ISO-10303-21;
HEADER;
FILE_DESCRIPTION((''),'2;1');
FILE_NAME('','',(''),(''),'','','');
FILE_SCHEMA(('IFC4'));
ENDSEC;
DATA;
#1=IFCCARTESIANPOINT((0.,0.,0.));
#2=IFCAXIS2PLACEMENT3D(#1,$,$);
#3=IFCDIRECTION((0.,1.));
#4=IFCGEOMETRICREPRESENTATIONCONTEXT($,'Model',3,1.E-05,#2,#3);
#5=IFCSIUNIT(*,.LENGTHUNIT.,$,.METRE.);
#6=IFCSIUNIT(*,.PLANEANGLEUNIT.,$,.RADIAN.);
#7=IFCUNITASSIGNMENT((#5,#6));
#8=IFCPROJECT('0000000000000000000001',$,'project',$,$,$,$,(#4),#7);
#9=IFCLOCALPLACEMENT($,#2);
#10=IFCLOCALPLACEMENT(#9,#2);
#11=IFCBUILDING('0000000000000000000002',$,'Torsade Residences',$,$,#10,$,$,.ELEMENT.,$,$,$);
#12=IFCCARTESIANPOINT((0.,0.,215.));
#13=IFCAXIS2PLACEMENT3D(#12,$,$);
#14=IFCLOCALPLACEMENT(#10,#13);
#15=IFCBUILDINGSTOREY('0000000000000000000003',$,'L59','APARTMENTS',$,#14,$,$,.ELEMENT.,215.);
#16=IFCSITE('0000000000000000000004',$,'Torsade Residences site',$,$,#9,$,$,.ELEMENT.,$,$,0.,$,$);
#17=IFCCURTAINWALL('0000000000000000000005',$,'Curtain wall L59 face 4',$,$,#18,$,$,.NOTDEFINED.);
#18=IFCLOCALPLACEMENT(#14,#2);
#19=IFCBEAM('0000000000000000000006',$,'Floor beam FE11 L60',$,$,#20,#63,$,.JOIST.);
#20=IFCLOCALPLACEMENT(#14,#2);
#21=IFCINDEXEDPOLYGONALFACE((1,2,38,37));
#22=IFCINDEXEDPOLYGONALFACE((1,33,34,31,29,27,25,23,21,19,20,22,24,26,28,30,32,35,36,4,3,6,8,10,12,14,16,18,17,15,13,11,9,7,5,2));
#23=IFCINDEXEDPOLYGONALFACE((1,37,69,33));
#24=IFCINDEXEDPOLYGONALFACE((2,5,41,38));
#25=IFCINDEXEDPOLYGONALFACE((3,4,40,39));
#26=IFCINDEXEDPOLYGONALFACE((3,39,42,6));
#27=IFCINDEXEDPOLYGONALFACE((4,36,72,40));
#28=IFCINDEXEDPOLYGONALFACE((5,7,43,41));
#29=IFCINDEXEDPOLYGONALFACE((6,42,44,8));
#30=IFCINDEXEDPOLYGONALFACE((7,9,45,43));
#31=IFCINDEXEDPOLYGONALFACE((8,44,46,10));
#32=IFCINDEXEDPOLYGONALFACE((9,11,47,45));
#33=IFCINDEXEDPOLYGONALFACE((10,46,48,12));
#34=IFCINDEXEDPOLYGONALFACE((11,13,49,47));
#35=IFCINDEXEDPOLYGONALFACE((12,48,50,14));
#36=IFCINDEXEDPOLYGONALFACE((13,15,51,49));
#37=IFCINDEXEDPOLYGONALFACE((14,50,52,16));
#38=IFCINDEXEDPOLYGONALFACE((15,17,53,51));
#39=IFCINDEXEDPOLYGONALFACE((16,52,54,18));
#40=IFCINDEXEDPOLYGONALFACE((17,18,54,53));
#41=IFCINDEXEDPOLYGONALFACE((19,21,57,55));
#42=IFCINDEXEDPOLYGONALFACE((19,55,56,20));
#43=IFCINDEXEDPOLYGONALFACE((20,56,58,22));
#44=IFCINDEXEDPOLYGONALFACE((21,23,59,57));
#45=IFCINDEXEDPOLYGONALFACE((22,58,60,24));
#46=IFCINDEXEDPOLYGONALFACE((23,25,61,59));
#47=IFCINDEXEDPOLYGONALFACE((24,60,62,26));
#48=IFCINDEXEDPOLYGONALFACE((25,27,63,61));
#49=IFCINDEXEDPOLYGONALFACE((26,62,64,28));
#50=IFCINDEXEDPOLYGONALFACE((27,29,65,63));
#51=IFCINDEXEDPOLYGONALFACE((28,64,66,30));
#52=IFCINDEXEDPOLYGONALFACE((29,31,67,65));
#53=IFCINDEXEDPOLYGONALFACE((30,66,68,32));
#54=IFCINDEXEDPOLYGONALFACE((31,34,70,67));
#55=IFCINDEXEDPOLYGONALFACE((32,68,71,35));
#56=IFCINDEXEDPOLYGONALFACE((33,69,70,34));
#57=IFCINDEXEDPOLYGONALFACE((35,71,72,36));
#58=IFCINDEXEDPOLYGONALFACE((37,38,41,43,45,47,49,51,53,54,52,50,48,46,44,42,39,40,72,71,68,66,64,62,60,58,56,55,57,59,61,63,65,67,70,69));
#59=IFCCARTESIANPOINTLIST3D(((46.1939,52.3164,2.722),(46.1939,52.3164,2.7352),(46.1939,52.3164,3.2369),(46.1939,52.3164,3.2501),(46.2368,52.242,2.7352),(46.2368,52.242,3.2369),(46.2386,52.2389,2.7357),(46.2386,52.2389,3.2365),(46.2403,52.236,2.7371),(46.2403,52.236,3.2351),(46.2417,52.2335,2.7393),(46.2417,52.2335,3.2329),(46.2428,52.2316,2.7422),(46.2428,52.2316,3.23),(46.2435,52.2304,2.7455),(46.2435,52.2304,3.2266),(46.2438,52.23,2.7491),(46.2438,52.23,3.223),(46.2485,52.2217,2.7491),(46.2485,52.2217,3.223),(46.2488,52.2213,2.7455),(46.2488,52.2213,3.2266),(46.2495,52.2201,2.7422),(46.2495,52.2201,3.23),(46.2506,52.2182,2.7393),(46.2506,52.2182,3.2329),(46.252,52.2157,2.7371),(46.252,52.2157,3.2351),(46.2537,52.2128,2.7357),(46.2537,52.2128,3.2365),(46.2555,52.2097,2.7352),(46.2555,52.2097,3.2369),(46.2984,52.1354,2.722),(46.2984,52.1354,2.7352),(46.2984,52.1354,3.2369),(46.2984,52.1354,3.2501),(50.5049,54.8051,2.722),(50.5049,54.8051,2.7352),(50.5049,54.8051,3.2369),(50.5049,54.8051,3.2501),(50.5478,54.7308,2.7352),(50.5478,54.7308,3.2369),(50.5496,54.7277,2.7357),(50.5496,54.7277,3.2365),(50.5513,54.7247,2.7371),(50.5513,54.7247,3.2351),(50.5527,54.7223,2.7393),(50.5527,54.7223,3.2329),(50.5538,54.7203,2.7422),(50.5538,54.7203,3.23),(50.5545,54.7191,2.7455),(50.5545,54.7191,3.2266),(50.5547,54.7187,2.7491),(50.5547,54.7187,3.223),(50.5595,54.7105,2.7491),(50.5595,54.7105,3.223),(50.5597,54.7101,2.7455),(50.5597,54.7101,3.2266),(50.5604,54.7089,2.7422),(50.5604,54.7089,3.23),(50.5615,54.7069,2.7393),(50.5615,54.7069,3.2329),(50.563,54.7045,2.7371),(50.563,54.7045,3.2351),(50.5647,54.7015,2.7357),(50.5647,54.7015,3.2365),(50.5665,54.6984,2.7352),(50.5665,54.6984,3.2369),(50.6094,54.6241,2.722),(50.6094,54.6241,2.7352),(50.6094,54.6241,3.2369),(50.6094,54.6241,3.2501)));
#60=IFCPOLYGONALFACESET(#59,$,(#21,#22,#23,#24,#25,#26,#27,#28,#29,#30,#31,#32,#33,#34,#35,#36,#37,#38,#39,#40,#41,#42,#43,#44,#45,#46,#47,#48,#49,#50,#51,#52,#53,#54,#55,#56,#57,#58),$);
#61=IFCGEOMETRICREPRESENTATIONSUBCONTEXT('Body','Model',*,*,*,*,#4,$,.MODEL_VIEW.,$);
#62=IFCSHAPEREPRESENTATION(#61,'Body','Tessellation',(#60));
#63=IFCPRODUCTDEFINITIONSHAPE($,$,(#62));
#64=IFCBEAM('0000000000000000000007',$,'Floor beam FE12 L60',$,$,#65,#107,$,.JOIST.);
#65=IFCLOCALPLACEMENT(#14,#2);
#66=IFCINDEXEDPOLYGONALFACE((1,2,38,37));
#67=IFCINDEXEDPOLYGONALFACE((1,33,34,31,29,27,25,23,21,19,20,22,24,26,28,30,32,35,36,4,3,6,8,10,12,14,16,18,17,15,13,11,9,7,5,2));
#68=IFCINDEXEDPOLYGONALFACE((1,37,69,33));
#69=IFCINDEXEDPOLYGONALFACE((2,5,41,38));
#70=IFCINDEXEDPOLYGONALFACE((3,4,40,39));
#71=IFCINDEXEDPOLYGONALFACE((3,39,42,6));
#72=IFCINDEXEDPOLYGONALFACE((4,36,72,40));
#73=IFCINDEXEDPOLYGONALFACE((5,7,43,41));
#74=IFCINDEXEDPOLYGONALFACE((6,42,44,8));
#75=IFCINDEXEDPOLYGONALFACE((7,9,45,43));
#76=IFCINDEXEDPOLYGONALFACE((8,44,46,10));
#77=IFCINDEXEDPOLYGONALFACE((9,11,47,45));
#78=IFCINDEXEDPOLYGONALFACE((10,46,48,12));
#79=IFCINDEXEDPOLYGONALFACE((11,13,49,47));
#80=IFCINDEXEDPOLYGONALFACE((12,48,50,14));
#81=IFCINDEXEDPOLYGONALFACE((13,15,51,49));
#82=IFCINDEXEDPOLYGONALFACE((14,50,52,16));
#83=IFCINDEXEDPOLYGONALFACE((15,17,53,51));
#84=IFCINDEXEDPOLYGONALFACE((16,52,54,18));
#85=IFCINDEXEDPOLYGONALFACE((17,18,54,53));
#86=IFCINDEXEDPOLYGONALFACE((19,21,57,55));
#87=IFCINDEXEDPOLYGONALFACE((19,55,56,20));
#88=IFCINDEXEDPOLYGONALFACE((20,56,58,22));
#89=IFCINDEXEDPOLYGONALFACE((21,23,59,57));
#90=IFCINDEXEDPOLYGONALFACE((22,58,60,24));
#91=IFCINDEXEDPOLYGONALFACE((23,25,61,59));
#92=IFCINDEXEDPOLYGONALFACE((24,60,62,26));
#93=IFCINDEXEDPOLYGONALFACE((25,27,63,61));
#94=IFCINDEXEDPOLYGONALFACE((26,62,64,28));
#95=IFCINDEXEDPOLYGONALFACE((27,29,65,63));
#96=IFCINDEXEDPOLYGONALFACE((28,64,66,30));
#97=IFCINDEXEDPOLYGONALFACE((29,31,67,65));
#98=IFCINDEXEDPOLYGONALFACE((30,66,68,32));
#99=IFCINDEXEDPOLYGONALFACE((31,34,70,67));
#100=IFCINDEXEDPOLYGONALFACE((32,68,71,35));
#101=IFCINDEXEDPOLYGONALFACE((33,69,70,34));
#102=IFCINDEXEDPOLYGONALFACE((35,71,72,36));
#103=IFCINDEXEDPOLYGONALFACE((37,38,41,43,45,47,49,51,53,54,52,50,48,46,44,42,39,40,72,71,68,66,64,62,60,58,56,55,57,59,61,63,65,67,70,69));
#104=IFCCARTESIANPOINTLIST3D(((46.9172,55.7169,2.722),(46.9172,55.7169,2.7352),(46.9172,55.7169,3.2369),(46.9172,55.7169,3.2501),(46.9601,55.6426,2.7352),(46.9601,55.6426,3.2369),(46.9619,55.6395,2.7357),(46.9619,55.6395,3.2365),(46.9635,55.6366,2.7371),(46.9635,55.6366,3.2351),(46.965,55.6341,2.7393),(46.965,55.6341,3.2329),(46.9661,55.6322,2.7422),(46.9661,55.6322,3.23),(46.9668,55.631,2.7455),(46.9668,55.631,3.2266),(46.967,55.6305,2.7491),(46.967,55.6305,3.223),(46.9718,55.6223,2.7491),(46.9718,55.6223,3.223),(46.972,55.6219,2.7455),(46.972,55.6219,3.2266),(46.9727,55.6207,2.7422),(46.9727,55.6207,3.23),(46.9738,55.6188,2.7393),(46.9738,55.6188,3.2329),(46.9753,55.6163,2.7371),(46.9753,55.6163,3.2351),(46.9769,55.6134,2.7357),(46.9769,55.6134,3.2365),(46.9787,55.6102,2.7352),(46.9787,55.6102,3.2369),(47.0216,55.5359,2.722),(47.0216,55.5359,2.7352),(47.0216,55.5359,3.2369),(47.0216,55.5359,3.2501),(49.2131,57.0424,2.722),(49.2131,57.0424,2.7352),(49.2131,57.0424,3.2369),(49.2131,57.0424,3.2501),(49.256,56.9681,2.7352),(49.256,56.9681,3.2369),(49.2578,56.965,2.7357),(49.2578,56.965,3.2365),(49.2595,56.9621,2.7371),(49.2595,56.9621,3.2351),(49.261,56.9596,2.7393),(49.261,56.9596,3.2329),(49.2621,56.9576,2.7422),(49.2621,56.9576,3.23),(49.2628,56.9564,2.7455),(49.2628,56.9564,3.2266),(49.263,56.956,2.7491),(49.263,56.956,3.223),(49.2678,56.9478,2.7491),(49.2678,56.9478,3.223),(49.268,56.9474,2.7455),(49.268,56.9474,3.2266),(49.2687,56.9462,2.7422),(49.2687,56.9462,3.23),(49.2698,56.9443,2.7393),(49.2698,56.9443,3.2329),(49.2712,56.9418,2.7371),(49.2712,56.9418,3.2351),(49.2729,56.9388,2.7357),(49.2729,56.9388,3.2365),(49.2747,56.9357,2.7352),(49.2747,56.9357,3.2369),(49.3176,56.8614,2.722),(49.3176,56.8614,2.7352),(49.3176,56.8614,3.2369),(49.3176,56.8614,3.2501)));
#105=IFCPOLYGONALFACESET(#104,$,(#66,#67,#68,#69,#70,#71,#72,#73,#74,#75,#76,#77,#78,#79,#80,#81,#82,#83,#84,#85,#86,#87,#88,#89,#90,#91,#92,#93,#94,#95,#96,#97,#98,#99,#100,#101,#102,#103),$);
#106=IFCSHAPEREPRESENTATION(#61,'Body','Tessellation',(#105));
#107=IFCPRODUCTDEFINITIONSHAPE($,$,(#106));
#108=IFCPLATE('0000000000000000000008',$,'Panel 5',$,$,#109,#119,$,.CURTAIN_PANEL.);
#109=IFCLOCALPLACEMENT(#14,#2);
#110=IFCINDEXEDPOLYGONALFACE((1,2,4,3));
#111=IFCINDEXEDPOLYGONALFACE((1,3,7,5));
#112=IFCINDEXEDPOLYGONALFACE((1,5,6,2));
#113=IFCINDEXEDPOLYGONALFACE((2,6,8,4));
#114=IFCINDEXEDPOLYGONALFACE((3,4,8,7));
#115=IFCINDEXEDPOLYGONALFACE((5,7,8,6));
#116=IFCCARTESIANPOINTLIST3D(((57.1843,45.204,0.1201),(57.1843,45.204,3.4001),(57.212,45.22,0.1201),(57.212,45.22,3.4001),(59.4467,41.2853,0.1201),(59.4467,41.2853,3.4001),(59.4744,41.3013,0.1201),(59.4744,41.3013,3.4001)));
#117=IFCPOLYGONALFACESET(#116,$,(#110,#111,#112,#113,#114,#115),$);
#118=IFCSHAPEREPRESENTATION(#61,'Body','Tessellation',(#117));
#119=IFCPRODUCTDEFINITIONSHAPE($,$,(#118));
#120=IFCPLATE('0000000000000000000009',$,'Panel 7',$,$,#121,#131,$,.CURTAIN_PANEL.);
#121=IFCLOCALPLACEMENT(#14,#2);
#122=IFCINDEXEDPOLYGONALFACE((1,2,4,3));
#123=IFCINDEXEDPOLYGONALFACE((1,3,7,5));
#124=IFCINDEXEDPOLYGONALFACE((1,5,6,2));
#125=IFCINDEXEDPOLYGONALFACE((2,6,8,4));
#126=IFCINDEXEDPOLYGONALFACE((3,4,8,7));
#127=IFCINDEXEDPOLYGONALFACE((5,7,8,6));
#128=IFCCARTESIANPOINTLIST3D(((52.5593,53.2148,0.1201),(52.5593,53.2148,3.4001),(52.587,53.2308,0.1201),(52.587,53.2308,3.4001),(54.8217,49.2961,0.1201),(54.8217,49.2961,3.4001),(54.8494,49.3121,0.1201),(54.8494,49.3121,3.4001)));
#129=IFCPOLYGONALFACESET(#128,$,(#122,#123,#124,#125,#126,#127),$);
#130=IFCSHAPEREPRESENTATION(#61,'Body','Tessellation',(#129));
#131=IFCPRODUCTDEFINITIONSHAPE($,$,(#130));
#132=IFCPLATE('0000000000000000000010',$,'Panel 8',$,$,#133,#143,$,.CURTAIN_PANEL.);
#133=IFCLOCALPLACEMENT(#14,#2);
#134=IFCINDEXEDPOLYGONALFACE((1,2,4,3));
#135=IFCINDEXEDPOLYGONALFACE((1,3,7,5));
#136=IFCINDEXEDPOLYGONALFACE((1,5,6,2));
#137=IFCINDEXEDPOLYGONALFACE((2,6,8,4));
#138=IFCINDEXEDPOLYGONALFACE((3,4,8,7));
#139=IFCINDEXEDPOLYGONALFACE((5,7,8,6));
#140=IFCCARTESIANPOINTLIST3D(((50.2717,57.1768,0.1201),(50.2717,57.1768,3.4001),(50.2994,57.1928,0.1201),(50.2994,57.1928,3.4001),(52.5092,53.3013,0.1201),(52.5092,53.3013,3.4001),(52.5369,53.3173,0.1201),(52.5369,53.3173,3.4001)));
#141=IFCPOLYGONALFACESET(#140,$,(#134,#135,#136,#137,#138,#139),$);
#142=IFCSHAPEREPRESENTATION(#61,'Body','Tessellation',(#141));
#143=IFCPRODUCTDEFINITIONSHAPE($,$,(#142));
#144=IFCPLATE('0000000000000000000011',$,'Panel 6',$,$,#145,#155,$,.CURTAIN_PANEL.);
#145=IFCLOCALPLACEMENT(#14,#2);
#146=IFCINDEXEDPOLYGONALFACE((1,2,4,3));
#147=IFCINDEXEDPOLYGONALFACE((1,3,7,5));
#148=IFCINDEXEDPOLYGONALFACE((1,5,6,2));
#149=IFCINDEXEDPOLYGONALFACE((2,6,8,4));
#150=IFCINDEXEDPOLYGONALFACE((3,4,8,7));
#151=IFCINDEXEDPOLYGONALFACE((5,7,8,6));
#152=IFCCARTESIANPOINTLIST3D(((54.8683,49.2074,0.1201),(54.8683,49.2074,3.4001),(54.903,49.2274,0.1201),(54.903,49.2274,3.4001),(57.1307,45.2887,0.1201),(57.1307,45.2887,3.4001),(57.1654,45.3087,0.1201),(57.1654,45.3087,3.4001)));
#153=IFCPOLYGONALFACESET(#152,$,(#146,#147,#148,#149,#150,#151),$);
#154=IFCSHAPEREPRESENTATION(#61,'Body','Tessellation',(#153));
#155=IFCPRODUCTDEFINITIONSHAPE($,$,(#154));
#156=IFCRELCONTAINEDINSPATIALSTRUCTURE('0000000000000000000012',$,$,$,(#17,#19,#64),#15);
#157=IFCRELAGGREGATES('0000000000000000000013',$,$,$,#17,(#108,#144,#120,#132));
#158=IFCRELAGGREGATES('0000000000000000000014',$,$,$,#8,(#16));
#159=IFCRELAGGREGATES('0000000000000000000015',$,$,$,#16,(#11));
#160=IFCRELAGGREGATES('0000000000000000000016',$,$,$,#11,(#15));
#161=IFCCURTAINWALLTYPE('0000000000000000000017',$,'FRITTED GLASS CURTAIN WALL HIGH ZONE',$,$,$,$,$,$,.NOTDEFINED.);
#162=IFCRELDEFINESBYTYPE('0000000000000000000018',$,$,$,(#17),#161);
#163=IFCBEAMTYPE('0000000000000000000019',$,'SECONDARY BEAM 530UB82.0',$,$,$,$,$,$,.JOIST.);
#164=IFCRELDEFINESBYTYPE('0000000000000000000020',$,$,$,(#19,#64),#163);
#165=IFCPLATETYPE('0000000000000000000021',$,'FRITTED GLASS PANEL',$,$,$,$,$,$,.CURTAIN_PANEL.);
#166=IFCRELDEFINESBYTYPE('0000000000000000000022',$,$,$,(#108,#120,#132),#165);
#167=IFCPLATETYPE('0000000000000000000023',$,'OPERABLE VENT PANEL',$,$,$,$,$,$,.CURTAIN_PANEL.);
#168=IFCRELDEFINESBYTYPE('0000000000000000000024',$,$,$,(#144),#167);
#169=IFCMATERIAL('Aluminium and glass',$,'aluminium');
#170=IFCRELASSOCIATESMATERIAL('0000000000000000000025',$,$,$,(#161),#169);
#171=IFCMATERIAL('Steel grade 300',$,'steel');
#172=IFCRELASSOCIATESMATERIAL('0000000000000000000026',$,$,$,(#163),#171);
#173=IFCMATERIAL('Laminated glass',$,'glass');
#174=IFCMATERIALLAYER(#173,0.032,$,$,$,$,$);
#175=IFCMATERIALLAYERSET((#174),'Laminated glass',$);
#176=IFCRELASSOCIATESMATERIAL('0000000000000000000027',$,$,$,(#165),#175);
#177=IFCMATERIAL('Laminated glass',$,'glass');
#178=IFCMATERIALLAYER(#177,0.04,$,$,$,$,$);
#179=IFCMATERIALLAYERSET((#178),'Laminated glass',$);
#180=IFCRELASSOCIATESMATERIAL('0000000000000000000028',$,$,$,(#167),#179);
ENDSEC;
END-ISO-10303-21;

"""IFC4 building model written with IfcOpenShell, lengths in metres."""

from ifc_helpers import new_model, si_unit, direction, frame, origin, origin_2d, place, context, subcontext, project, spatial, rectangle, i_section, extrude, material, layer, layer_set, material_profile, profile_set, type_object, element, aggregate, save


model = new_model("IFC4")

# Units and contexts
model_context = context("Model", 3, precision=1e-05, world=origin(), true_north=direction((0.0, 1.0)))
body_context = subcontext(model_context, "Body", "Model", "MODEL_VIEW")
ifc_project = project(units=[si_unit("LENGTHUNIT", "METRE"), si_unit("PLANEANGLEUNIT", "RADIAN")], contexts=[model_context])

# Site, building, storey
site_placement = place(None, origin())
site = spatial("IfcSite", under=ifc_project, at=site_placement, Name="Torsade Residences site", CompositionType="ELEMENT", RefElevation=0.0)
building_placement = place(site_placement, origin())
building = spatial("IfcBuilding", under=site, at=building_placement, Name="Torsade Residences", CompositionType="ELEMENT")
storey_placement = place(building_placement, frame((0.0, 0.0, 215.0)))
storey = spatial("IfcBuildingStorey", under=building, at=storey_placement, Name="L59", Description="APARTMENTS", CompositionType="ELEMENT", Elevation=215.0)

# Curtain wall
ifc_material_1 = material(Name="Aluminium and glass", Category="aluminium")
curtain_wall_type = type_object("IfcCurtainWallType", Name="FRITTED GLASS CURTAIN WALL HIGH ZONE", PredefinedType="NOTDEFINED", material=ifc_material_1)
curtain_wall_placement = place(storey_placement, origin())
curtain_wall = element("IfcCurtainWall", 1, at=curtain_wall_placement, inside=storey, type_object=curtain_wall_type, Name="Curtain wall L59 face 4", PredefinedType="NOTDEFINED")

# Beams
ifc_material_2 = material(Name="Steel grade 300", Category="steel")
ifc_material_profile_1 = material_profile(ifc_material_2, i_section(OverallWidth=0.209, OverallDepth=0.5281, WebThickness=0.0095, FlangeThickness=0.0132, FilletRadius=0.0139, at=origin_2d()), Name="530UB82.0")
ifc_profile_set_1 = profile_set([ifc_material_profile_1], Name="Steel grade 300")
beam_type_1 = type_object("IfcBeamType", Name="SECONDARY BEAM 530UB82.0", PredefinedType="JOIST", material=ifc_profile_set_1)
beam_1_placement = place(storey_placement, frame((50.5571, 54.7146, 2.9861), z_axis=(-0.866043, -0.499969, 0.0), x_axis=(0.499969, -0.866043, 0.0)))
element("IfcBeam", 2, at=beam_1_placement, inside=storey, type_object=beam_type_1, Name="Floor beam FE11 L60", PredefinedType="JOIST", context=body_context, shape_type="SweptSolid", body=[
    extrude(i_section(OverallWidth=0.209, OverallDepth=0.5281, WebThickness=0.0095, FlangeThickness=0.0132, FilletRadius=0.0139, at=origin_2d()), origin(), (0.0, 0.0, 1.0), 4.9778),
])
beam_2_placement = place(storey_placement, frame((49.2654, 56.9519, 2.9861), z_axis=(-0.866041, -0.499972, 0.0), x_axis=(0.499972, -0.866041, 0.0)))
element("IfcBeam", 3, at=beam_2_placement, inside=storey, type_object=beam_type_1, Name="Floor beam FE12 L60", PredefinedType="JOIST", context=body_context, shape_type="SweptSolid", body=[
    extrude(i_section(OverallWidth=0.209, OverallDepth=0.5281, WebThickness=0.0095, FlangeThickness=0.0132, FilletRadius=0.0139, at=origin_2d()), origin(), (0.0, 0.0, 1.0), 2.6511),
])

# Plates
ifc_material_3 = material(Name="Laminated glass", Category="glass")
ifc_layer_1 = layer(ifc_material_3, 0.032)
ifc_layer_set_1 = layer_set([ifc_layer_1], Name="Laminated glass")
plate_type_1 = type_object("IfcPlateType", Name="FRITTED GLASS PANEL", PredefinedType="CURTAIN_PANEL", material=ifc_layer_set_1)
plate_1_placement = place(storey_placement, frame((58.3293, 43.2527, 0.1201), z_axis=(0.0, 0.0, 1.0), x_axis=(-0.5, 0.866025, 0.0)))
plate_1 = element("IfcPlate", 4, at=plate_1_placement, type_object=plate_type_1, Name="Panel 5", PredefinedType="CURTAIN_PANEL", context=body_context, shape_type="SweptSolid", body=[
    extrude(rectangle(XDim=4.5249, YDim=0.032, at=origin_2d()), origin(), (0.0, 0.0, 1.0), 3.28),
])
plate_2_placement = place(storey_placement, frame((53.7043, 51.2634, 0.1201), z_axis=(0.0, 0.0, 1.0), x_axis=(-0.5, 0.866025, 0.0)))
plate_2 = element("IfcPlate", 5, at=plate_2_placement, type_object=plate_type_1, Name="Panel 7", PredefinedType="CURTAIN_PANEL", context=body_context, shape_type="SweptSolid", body=[
    extrude(rectangle(XDim=4.5249, YDim=0.032, at=origin_2d()), origin(), (0.0, 0.0, 1.0), 3.28),
])
plate_3_placement = place(storey_placement, frame((51.4043, 55.2471, 0.1201), z_axis=(0.0, 0.0, 1.0), x_axis=(-0.5, 0.866025, 0.0)))
plate_3 = element("IfcPlate", 6, at=plate_3_placement, type_object=plate_type_1, Name="Panel 8", PredefinedType="CURTAIN_PANEL", context=body_context, shape_type="SweptSolid", body=[
    extrude(rectangle(XDim=4.4751, YDim=0.032, at=origin_2d()), origin(), (0.0, 0.0, 1.0), 3.28),
])
ifc_material_4 = material(Name="Laminated glass", Category="glass")
ifc_layer_2 = layer(ifc_material_4, 0.04)
ifc_layer_set_2 = layer_set([ifc_layer_2], Name="Laminated glass")
plate_type_2 = type_object("IfcPlateType", Name="OPERABLE VENT PANEL", PredefinedType="CURTAIN_PANEL", material=ifc_layer_set_2)
plate_4_placement = place(storey_placement, frame((56.0168, 47.2581, 0.1201), z_axis=(0.0, 0.0, 1.0), x_axis=(-0.5, 0.866025, 0.0)))
plate_4 = element("IfcPlate", 7, at=plate_4_placement, type_object=plate_type_2, Name="Panel 6", PredefinedType="CURTAIN_PANEL", context=body_context, shape_type="SweptSolid", body=[
    extrude(rectangle(XDim=4.5249, YDim=0.04, at=origin_2d()), origin(), (0.0, 0.0, 1.0), 3.28),
])
aggregate(curtain_wall, [plate_1, plate_4, plate_2, plate_3])

save(model, "model.ifc")
